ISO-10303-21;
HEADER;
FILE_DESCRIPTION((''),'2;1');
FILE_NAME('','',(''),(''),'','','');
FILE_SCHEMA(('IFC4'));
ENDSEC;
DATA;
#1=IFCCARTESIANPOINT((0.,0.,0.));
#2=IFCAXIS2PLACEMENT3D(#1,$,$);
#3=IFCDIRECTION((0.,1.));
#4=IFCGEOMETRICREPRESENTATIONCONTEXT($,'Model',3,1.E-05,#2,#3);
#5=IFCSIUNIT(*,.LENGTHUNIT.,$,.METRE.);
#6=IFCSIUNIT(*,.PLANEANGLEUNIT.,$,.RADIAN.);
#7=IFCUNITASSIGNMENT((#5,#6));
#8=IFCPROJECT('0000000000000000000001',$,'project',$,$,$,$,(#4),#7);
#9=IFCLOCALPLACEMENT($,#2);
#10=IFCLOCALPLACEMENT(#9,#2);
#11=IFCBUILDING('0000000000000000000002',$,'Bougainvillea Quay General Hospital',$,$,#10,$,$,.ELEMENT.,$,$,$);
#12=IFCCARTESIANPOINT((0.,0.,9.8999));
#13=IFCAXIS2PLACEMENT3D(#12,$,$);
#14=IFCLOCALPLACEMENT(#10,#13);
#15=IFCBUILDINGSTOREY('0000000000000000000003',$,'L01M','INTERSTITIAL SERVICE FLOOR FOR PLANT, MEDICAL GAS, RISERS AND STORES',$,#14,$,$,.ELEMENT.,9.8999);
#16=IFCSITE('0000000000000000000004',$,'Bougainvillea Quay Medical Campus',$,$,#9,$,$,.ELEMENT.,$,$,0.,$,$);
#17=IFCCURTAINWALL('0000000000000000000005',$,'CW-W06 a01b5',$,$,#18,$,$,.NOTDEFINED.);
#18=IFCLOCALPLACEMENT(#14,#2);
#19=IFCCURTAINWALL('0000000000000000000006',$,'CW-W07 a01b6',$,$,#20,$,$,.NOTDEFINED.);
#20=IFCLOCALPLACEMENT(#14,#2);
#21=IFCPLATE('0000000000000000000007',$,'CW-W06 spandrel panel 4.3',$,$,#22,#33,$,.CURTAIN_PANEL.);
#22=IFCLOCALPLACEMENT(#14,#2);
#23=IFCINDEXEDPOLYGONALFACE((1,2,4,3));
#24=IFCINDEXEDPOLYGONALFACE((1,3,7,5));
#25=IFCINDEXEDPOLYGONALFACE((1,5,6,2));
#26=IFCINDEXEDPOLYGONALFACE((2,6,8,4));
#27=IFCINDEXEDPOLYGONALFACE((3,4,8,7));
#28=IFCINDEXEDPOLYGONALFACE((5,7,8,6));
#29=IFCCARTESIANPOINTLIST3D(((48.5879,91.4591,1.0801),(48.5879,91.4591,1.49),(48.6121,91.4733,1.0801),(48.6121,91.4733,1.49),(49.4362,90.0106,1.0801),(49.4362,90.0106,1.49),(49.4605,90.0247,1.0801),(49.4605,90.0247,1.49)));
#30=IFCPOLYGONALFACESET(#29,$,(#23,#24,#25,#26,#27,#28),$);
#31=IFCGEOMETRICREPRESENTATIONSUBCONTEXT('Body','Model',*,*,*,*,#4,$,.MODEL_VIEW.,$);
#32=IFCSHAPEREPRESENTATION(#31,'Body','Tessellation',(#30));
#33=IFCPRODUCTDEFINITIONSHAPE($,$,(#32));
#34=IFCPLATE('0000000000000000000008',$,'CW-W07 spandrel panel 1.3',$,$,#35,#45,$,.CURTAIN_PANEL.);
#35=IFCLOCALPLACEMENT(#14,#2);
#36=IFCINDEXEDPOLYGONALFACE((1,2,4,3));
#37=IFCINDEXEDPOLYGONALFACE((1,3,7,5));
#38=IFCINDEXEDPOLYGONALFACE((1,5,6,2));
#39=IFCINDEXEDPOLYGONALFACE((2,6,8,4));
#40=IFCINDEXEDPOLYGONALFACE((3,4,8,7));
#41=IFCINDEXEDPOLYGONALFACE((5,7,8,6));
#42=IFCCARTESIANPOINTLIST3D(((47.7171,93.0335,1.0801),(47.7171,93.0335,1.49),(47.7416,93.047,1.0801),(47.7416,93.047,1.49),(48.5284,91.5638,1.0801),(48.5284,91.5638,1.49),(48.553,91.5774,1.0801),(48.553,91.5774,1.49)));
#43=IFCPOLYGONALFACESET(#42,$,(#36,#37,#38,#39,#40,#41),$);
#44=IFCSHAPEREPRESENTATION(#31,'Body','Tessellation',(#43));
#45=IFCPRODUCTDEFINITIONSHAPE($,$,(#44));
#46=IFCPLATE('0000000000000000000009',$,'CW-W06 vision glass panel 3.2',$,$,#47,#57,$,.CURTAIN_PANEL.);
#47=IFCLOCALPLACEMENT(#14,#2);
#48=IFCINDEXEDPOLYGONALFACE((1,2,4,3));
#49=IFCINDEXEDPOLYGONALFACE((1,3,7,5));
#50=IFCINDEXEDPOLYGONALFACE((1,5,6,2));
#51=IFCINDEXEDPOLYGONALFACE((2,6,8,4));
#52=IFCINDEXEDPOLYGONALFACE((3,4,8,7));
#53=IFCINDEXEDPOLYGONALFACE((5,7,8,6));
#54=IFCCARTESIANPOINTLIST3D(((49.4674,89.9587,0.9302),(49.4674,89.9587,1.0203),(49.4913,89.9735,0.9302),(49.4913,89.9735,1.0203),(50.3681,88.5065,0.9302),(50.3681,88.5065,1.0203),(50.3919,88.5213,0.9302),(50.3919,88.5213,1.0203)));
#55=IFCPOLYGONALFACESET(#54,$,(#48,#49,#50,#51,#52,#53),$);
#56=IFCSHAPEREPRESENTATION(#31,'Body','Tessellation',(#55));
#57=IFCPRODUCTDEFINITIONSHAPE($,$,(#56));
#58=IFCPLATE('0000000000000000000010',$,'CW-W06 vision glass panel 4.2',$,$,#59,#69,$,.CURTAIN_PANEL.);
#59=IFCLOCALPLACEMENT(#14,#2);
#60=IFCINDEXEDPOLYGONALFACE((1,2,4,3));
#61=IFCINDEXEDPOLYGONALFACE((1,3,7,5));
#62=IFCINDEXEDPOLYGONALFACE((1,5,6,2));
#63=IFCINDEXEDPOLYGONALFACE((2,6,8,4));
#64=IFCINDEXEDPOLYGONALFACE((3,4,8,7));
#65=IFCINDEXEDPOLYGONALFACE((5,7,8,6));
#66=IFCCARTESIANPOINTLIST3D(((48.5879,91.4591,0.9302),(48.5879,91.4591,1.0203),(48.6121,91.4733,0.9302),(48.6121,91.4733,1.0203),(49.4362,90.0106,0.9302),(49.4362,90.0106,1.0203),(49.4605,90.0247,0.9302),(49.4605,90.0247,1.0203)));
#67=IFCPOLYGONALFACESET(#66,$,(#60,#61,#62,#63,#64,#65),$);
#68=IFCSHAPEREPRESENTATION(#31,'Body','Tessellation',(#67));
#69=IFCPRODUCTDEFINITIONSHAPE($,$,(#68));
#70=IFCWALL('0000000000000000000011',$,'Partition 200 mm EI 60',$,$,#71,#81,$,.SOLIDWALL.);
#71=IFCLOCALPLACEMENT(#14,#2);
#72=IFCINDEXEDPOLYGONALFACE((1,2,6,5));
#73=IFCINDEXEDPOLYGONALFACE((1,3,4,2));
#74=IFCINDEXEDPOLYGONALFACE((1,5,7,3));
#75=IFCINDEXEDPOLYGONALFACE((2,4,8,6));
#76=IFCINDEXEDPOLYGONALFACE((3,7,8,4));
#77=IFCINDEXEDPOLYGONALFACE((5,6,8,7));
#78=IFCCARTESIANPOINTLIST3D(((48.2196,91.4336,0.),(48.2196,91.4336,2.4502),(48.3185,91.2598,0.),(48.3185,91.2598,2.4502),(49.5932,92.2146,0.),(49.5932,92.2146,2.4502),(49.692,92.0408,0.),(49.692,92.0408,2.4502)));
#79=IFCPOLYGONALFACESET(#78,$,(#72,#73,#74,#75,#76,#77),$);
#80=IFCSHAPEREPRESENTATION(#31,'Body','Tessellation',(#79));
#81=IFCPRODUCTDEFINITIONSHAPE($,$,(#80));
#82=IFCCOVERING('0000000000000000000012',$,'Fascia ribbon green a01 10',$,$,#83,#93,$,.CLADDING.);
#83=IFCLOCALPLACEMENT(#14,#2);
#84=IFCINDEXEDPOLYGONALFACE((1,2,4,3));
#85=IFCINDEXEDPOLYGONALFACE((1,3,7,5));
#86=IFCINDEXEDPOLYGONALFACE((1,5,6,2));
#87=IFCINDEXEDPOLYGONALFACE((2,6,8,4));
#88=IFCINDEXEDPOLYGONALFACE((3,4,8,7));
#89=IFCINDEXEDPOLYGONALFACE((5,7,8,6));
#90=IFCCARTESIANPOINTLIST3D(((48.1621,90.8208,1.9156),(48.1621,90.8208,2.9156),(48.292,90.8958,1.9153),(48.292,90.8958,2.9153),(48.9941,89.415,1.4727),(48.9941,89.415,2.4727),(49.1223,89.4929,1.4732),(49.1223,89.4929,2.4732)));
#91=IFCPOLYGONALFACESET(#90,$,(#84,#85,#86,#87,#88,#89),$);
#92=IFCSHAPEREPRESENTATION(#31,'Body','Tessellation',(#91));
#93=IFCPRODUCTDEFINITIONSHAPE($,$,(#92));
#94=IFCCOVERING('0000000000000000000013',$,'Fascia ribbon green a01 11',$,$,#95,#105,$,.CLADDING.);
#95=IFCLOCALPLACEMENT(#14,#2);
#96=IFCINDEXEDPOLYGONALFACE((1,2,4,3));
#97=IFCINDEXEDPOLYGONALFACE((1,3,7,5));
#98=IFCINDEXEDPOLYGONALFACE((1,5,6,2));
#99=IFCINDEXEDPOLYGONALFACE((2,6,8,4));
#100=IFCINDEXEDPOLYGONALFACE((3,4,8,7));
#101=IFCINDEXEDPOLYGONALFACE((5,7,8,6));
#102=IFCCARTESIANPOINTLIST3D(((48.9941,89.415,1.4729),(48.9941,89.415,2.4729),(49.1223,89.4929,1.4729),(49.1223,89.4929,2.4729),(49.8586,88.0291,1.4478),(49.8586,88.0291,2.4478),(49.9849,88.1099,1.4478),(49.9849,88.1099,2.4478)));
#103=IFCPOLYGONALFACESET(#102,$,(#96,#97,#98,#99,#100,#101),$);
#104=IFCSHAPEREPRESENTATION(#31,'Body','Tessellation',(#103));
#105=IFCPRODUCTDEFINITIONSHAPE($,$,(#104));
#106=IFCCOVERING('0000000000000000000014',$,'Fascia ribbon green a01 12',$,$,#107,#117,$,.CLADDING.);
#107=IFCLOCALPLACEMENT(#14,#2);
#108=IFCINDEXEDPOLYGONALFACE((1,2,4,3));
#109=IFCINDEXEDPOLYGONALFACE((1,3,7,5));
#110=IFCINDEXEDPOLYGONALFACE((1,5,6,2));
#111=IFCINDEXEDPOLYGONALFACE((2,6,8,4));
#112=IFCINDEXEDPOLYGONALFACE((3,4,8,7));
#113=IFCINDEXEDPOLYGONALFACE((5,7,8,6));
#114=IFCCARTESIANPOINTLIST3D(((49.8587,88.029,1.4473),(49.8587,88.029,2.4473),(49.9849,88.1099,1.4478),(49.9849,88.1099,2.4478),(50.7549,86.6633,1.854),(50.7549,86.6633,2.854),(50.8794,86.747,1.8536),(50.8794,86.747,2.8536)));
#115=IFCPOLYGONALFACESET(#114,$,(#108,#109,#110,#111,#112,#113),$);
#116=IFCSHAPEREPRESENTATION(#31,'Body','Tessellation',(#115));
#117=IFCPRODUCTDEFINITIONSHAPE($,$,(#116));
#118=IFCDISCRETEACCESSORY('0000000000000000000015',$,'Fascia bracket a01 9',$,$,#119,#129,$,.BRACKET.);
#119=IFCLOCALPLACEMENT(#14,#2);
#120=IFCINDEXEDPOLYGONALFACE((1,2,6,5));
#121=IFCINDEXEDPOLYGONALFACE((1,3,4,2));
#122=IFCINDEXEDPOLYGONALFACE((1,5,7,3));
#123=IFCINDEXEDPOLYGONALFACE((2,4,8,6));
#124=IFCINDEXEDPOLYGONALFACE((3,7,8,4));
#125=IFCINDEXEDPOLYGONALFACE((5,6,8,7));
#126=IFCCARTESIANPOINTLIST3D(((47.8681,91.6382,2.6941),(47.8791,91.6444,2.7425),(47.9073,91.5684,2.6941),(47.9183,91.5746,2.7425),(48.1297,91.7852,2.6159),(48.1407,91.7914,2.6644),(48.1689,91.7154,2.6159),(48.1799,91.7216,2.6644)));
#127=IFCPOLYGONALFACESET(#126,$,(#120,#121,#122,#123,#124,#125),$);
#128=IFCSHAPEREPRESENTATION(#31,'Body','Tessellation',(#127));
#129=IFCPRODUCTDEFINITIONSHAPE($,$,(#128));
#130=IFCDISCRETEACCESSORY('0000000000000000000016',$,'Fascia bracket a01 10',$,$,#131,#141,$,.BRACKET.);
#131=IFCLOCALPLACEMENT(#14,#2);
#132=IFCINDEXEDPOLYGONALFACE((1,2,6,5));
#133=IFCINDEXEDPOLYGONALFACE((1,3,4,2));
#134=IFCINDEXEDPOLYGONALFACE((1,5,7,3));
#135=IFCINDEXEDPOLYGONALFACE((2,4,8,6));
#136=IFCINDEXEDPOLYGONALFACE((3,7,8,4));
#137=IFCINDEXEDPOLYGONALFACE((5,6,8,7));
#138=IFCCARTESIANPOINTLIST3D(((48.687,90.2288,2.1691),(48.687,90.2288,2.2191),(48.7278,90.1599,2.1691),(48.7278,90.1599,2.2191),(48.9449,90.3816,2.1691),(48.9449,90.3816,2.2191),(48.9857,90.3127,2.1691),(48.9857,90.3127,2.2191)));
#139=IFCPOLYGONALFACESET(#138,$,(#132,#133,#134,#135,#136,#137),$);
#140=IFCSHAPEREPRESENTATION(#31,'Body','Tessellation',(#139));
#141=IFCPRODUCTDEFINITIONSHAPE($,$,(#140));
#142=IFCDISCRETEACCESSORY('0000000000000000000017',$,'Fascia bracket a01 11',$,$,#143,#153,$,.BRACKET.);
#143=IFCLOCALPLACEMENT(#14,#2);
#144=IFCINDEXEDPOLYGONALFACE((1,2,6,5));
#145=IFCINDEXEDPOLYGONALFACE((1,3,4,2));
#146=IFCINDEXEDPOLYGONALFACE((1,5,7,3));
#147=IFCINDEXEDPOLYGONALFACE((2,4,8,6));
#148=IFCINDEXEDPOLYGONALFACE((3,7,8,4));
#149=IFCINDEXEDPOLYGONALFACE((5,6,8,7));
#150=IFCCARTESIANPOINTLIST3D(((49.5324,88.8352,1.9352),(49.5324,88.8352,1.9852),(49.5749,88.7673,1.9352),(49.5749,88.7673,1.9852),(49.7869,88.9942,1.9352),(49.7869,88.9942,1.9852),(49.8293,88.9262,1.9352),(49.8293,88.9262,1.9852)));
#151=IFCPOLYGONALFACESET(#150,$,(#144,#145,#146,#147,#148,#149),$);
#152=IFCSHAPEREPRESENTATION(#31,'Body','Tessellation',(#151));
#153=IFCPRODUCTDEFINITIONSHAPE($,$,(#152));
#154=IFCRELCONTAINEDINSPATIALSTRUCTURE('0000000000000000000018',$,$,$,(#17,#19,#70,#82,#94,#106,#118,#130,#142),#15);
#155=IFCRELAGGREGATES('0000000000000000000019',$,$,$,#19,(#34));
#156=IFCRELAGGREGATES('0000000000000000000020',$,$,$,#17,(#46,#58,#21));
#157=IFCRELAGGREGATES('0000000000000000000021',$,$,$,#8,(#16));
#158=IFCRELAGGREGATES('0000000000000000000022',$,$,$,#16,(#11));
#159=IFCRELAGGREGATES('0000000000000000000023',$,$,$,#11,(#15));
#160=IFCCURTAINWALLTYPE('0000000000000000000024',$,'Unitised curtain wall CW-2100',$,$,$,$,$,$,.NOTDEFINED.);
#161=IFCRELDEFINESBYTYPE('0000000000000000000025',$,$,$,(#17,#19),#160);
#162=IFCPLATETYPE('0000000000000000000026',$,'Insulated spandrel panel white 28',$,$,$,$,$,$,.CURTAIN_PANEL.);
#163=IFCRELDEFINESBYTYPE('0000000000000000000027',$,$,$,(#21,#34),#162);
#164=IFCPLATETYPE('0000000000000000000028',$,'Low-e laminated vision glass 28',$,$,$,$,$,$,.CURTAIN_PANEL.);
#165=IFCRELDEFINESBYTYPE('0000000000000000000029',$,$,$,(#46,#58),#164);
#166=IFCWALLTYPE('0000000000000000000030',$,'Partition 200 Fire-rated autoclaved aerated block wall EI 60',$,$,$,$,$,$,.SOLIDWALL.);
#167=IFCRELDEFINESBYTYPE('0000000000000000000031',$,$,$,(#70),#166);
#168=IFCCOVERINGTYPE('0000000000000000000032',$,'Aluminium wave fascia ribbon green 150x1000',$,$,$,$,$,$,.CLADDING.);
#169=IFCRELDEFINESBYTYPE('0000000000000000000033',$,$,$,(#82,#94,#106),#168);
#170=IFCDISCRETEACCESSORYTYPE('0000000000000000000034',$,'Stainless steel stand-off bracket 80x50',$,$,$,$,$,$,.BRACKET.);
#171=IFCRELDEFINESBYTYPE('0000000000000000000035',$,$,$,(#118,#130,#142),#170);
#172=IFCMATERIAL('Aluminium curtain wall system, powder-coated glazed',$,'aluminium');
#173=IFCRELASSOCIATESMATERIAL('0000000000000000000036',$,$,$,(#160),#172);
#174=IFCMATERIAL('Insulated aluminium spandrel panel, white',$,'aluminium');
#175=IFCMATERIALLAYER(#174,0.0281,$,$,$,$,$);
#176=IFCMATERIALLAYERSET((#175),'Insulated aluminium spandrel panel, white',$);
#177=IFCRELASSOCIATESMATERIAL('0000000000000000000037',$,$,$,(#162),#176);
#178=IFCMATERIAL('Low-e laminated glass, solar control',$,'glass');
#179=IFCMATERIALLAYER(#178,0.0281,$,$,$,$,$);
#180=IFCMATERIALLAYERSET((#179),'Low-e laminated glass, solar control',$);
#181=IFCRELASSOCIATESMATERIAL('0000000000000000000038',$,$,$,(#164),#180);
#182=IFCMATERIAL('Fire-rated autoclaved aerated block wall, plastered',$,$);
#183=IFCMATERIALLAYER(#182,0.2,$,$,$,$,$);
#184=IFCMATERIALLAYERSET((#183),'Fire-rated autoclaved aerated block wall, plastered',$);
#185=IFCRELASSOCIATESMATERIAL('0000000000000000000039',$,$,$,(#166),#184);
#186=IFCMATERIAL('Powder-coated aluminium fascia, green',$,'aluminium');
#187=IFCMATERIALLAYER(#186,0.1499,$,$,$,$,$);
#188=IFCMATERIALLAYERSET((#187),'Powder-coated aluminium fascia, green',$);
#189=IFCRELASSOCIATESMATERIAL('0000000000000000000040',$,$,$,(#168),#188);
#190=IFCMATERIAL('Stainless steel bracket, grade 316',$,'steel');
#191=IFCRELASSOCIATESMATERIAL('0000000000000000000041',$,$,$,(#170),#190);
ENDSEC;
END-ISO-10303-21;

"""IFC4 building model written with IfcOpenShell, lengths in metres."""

from ifc_helpers import new_model, si_unit, direction, frame, frame_2d, origin, origin_2d, place, context, subcontext, project, spatial, polyline, rectangle, outline, extrude, material, layer, layer_set, material_profile, profile_set, type_object, element, aggregate, save


model = new_model("IFC4")

# Units and contexts
model_context = context("Model", 3, precision=1e-05, world=origin(), true_north=direction((0.0, 1.0)))
body_context = subcontext(model_context, "Body", "Model", "MODEL_VIEW")
ifc_project = project(units=[si_unit("LENGTHUNIT", "METRE"), si_unit("PLANEANGLEUNIT", "RADIAN")], contexts=[model_context])

# Site, building, storey
site_placement = place(None, origin())
site = spatial("IfcSite", under=ifc_project, at=site_placement, Name="Bougainvillea Quay Medical Campus", CompositionType="ELEMENT", RefElevation=0.0)
building_placement = place(site_placement, origin())
building = spatial("IfcBuilding", under=site, at=building_placement, Name="Bougainvillea Quay General Hospital", CompositionType="ELEMENT")
storey_placement = place(building_placement, frame((0.0, 0.0, 9.8999)))
storey = spatial("IfcBuildingStorey", under=building, at=storey_placement, Name="L01M", Description="INTERSTITIAL SERVICE FLOOR FOR PLANT, MEDICAL GAS, RISERS AND STORES", CompositionType="ELEMENT", Elevation=9.8999)

# Curtain wall
ifc_material_1 = material(Name="Aluminium curtain wall system, powder-coated glazed", Category="aluminium")
curtain_wall_type = type_object("IfcCurtainWallType", Name="Unitised curtain wall CW-2100", PredefinedType="NOTDEFINED", material=ifc_material_1)
curtain_wall_1_placement = place(storey_placement, origin())
curtain_wall_1 = element("IfcCurtainWall", 1, at=curtain_wall_1_placement, inside=storey, type_object=curtain_wall_type, Name="CW-W06 a01b5", PredefinedType="NOTDEFINED")

# Curtain wall
curtain_wall_2_placement = place(storey_placement, origin())
curtain_wall_2 = element("IfcCurtainWall", 2, at=curtain_wall_2_placement, inside=storey, type_object=curtain_wall_type, Name="CW-W07 a01b6", PredefinedType="NOTDEFINED")

# Plates
ifc_material_2 = material(Name="Insulated aluminium spandrel panel, white", Category="aluminium")
ifc_layer_1 = layer(ifc_material_2, 0.0281)
ifc_layer_set_1 = layer_set([ifc_layer_1], Name="Insulated aluminium spandrel panel, white")
plate_type_1 = type_object("IfcPlateType", Name="Insulated spandrel panel white 28", PredefinedType="CURTAIN_PANEL", material=ifc_layer_set_1)
plate_1_placement = place(storey_placement, frame((49.0242, 90.7419, 1.0801), z_axis=(0.0, 0.0, 1.0), x_axis=(-0.505349, 0.862915, 0.0)))
plate_1 = element("IfcPlate", 3, at=plate_1_placement, type_object=plate_type_1, Name="CW-W06 spandrel panel 4.3", PredefinedType="CURTAIN_PANEL", context=body_context, shape_type="SweptSolid", body=[
    extrude(rectangle(XDim=1.6787, YDim=0.0281, at=origin_2d()), origin(), (0.0, 0.0, 1.0), 0.4099),
])
plate_2_placement = place(storey_placement, frame((48.135, 92.3054, 1.0801), z_axis=(0.0, 0.0, 1.0), x_axis=(-0.483305, 0.875452, 0.0)))
plate_2 = element("IfcPlate", 4, at=plate_2_placement, type_object=plate_type_1, Name="CW-W07 spandrel panel 1.3", PredefinedType="CURTAIN_PANEL", context=body_context, shape_type="SweptSolid", body=[
    extrude(rectangle(XDim=1.6787, YDim=0.0281, at=origin_2d()), origin(), (0.0, 0.0, 1.0), 0.4099),
])
aggregate(curtain_wall_2, [plate_2])
ifc_material_3 = material(Name="Low-e laminated glass, solar control", Category="glass")
ifc_layer_2 = layer(ifc_material_3, 0.0281)
ifc_layer_set_2 = layer_set([ifc_layer_2], Name="Low-e laminated glass, solar control")
plate_type_2 = type_object("IfcPlateType", Name="Low-e laminated vision glass 28", PredefinedType="CURTAIN_PANEL", material=ifc_layer_set_2)
plate_3_placement = place(storey_placement, frame((49.9297, 89.24, 0.9302), z_axis=(0.0, 0.0, 1.0), x_axis=(-0.527067, 0.849824, 0.0)))
plate_3 = element("IfcPlate", 5, at=plate_3_placement, type_object=plate_type_2, Name="CW-W06 vision glass panel 3.2", PredefinedType="CURTAIN_PANEL", context=body_context, shape_type="SweptSolid", body=[
    extrude(rectangle(XDim=1.7087, YDim=0.0281, at=origin_2d()), origin(), (0.0, 0.0, 1.0), 0.0901),
])
plate_4_placement = place(storey_placement, frame((49.0242, 90.7419, 0.9302), z_axis=(0.0, 0.0, 1.0), x_axis=(-0.505349, 0.862915, 0.0)))
plate_4 = element("IfcPlate", 6, at=plate_4_placement, type_object=plate_type_2, Name="CW-W06 vision glass panel 4.2", PredefinedType="CURTAIN_PANEL", context=body_context, shape_type="SweptSolid", body=[
    extrude(rectangle(XDim=1.6787, YDim=0.0281, at=origin_2d()), origin(), (0.0, 0.0, 1.0), 0.0901),
])
aggregate(curtain_wall_1, [plate_3, plate_4, plate_1])

# Wall
ifc_material_4 = material(Name="Fire-rated autoclaved aerated block wall, plastered")
ifc_layer_3 = layer(ifc_material_4, 0.2)
ifc_layer_set_3 = layer_set([ifc_layer_3], Name="Fire-rated autoclaved aerated block wall, plastered")
wall_type = type_object("IfcWallType", Name="Partition 200 Fire-rated autoclaved aerated block wall EI 60", PredefinedType="SOLIDWALL", material=ifc_layer_set_3)
wall_placement = place(storey_placement, frame((48.269, 91.3467, 0.0), z_axis=(0.0, 0.0, 1.0), x_axis=(0.869297, 0.494291, 0.0)))
element("IfcWall", 7, at=wall_placement, inside=storey, type_object=wall_type, Name="Partition 200 mm EI 60", PredefinedType="SOLIDWALL", context=body_context, shape_type="SweptSolid", body=[
    extrude(rectangle(XDim=1.5801, YDim=0.2, at=frame_2d((0.79, 0.0))), origin(), (0.0, 0.0, 1.0), 2.4502),
])

# Coverings
ifc_material_5 = material(Name="Powder-coated aluminium fascia, green", Category="aluminium")
ifc_layer_4 = layer(ifc_material_5, 0.1499)
ifc_layer_set_4 = layer_set([ifc_layer_4], Name="Powder-coated aluminium fascia, green")
covering_type = type_object("IfcCoveringType", Name="Aluminium wave fascia ribbon green 150x1000", PredefinedType="CLADDING", material=ifc_layer_set_4)
covering_1_placement = place(storey_placement, frame((48.292, 90.8958, 1.9153), z_axis=(0.13269, -0.225588, 0.965144), x_axis=(0.491601, -0.830562, -0.261717)))
element("IfcCovering", 8, at=covering_1_placement, inside=storey, type_object=covering_type, Name="Fascia ribbon green a01 10", PredefinedType="CLADDING", context=body_context, shape_type="SweptSolid", body=[
    extrude(outline(polyline([(0.0, 0.0), (1.689, 0.0), (1.6908, -0.15), (-0.0017, -0.1499), (0.0, 0.0)])), origin(), (-0.261717, 0.000692, 0.965144), 1.0),
])
covering_2_placement = place(storey_placement, frame((49.1223, 89.4929, 1.4729), z_axis=(0.008155, -0.013074, 0.999881), x_axis=(0.529115, -0.84841, -0.015409)))
element("IfcCovering", 9, at=covering_2_placement, inside=storey, type_object=covering_type, Name="Fascia ribbon green a01 11", PredefinedType="CLADDING", context=body_context, shape_type="SweptSolid", body=[
    extrude(outline(polyline([(0.0, 0.0), (1.6302, 0.0), (1.6319, -0.1499), (-0.0017, -0.15), (0.0, 0.0)])), origin(), (-0.015409, -0.000002, 0.999881), 1.0),
])
covering_3_placement = place(storey_placement, frame((49.9849, 88.1099, 1.4478), z_axis=(-0.132548, 0.201968, 0.970381), x_axis=(0.532489, -0.811231, 0.241578)))
element("IfcCovering", 10, at=covering_3_placement, inside=storey, type_object=covering_type, Name="Fascia ribbon green a01 12", PredefinedType="CLADDING", context=body_context, shape_type="SweptSolid", body=[
    extrude(outline(polyline([(0.0, 0.0), (1.6799, 0.0), (1.6816, -0.15), (-0.0017, -0.1499), (0.0, 0.0)])), origin(), (0.241578, -0.000019, 0.970381), 1.0),
])

# Discrete accessories
ifc_material_6 = material(Name="Stainless steel bracket, grade 316", Category="steel")
ifc_material_profile_1 = material_profile(ifc_material_6, rectangle(XDim=0.0801, YDim=0.05, at=origin_2d()))
ifc_profile_set_1 = profile_set([ifc_material_profile_1], Name="Stainless steel bracket, grade 316")
discrete_accessory_type = type_object("IfcDiscreteAccessoryType", Name="Stainless steel stand-off bracket 80x50", PredefinedType="BRACKET", material=ifc_profile_set_1)
discrete_accessory_1_placement = place(storey_placement, frame((48.1548, 91.7534, 2.6401), z_axis=(-0.843583, -0.474171, 0.252051), x_axis=(0.489991, -0.871728, 0.0)))
element("IfcDiscreteAccessory", 11, at=discrete_accessory_1_placement, inside=storey, type_object=discrete_accessory_type, Name="Fascia bracket a01 9", PredefinedType="BRACKET", context=body_context, shape_type="SweptSolid", body=[
    extrude(rectangle(XDim=0.0801, YDim=0.05, at=origin_2d()), origin(), (0.0, 0.0, 1.0), 0.3101),
])
discrete_accessory_2_placement = place(storey_placement, frame((48.9653, 90.3472, 2.1941), z_axis=(-0.860424, -0.509579, 0.0), x_axis=(0.509579, -0.860424, 0.0)))
element("IfcDiscreteAccessory", 12, at=discrete_accessory_2_placement, inside=storey, type_object=discrete_accessory_type, Name="Fascia bracket a01 10", PredefinedType="BRACKET", context=body_context, shape_type="SweptSolid", body=[
    extrude(rectangle(XDim=0.0801, YDim=0.05, at=origin_2d()), origin(), (0.0, 0.0, 1.0), 0.2998),
])
discrete_accessory_3_placement = place(storey_placement, frame((49.8081, 88.9602, 1.9602), z_axis=(-0.84809, -0.529853, 0.0), x_axis=(0.529853, -0.84809, 0.0)))
element("IfcDiscreteAccessory", 13, at=discrete_accessory_3_placement, inside=storey, type_object=discrete_accessory_type, Name="Fascia bracket a01 11", PredefinedType="BRACKET", context=body_context, shape_type="SweptSolid", body=[
    extrude(rectangle(XDim=0.0801, YDim=0.05, at=origin_2d()), origin(), (0.0, 0.0, 1.0), 0.3),
])

save(model, "model.ifc")
